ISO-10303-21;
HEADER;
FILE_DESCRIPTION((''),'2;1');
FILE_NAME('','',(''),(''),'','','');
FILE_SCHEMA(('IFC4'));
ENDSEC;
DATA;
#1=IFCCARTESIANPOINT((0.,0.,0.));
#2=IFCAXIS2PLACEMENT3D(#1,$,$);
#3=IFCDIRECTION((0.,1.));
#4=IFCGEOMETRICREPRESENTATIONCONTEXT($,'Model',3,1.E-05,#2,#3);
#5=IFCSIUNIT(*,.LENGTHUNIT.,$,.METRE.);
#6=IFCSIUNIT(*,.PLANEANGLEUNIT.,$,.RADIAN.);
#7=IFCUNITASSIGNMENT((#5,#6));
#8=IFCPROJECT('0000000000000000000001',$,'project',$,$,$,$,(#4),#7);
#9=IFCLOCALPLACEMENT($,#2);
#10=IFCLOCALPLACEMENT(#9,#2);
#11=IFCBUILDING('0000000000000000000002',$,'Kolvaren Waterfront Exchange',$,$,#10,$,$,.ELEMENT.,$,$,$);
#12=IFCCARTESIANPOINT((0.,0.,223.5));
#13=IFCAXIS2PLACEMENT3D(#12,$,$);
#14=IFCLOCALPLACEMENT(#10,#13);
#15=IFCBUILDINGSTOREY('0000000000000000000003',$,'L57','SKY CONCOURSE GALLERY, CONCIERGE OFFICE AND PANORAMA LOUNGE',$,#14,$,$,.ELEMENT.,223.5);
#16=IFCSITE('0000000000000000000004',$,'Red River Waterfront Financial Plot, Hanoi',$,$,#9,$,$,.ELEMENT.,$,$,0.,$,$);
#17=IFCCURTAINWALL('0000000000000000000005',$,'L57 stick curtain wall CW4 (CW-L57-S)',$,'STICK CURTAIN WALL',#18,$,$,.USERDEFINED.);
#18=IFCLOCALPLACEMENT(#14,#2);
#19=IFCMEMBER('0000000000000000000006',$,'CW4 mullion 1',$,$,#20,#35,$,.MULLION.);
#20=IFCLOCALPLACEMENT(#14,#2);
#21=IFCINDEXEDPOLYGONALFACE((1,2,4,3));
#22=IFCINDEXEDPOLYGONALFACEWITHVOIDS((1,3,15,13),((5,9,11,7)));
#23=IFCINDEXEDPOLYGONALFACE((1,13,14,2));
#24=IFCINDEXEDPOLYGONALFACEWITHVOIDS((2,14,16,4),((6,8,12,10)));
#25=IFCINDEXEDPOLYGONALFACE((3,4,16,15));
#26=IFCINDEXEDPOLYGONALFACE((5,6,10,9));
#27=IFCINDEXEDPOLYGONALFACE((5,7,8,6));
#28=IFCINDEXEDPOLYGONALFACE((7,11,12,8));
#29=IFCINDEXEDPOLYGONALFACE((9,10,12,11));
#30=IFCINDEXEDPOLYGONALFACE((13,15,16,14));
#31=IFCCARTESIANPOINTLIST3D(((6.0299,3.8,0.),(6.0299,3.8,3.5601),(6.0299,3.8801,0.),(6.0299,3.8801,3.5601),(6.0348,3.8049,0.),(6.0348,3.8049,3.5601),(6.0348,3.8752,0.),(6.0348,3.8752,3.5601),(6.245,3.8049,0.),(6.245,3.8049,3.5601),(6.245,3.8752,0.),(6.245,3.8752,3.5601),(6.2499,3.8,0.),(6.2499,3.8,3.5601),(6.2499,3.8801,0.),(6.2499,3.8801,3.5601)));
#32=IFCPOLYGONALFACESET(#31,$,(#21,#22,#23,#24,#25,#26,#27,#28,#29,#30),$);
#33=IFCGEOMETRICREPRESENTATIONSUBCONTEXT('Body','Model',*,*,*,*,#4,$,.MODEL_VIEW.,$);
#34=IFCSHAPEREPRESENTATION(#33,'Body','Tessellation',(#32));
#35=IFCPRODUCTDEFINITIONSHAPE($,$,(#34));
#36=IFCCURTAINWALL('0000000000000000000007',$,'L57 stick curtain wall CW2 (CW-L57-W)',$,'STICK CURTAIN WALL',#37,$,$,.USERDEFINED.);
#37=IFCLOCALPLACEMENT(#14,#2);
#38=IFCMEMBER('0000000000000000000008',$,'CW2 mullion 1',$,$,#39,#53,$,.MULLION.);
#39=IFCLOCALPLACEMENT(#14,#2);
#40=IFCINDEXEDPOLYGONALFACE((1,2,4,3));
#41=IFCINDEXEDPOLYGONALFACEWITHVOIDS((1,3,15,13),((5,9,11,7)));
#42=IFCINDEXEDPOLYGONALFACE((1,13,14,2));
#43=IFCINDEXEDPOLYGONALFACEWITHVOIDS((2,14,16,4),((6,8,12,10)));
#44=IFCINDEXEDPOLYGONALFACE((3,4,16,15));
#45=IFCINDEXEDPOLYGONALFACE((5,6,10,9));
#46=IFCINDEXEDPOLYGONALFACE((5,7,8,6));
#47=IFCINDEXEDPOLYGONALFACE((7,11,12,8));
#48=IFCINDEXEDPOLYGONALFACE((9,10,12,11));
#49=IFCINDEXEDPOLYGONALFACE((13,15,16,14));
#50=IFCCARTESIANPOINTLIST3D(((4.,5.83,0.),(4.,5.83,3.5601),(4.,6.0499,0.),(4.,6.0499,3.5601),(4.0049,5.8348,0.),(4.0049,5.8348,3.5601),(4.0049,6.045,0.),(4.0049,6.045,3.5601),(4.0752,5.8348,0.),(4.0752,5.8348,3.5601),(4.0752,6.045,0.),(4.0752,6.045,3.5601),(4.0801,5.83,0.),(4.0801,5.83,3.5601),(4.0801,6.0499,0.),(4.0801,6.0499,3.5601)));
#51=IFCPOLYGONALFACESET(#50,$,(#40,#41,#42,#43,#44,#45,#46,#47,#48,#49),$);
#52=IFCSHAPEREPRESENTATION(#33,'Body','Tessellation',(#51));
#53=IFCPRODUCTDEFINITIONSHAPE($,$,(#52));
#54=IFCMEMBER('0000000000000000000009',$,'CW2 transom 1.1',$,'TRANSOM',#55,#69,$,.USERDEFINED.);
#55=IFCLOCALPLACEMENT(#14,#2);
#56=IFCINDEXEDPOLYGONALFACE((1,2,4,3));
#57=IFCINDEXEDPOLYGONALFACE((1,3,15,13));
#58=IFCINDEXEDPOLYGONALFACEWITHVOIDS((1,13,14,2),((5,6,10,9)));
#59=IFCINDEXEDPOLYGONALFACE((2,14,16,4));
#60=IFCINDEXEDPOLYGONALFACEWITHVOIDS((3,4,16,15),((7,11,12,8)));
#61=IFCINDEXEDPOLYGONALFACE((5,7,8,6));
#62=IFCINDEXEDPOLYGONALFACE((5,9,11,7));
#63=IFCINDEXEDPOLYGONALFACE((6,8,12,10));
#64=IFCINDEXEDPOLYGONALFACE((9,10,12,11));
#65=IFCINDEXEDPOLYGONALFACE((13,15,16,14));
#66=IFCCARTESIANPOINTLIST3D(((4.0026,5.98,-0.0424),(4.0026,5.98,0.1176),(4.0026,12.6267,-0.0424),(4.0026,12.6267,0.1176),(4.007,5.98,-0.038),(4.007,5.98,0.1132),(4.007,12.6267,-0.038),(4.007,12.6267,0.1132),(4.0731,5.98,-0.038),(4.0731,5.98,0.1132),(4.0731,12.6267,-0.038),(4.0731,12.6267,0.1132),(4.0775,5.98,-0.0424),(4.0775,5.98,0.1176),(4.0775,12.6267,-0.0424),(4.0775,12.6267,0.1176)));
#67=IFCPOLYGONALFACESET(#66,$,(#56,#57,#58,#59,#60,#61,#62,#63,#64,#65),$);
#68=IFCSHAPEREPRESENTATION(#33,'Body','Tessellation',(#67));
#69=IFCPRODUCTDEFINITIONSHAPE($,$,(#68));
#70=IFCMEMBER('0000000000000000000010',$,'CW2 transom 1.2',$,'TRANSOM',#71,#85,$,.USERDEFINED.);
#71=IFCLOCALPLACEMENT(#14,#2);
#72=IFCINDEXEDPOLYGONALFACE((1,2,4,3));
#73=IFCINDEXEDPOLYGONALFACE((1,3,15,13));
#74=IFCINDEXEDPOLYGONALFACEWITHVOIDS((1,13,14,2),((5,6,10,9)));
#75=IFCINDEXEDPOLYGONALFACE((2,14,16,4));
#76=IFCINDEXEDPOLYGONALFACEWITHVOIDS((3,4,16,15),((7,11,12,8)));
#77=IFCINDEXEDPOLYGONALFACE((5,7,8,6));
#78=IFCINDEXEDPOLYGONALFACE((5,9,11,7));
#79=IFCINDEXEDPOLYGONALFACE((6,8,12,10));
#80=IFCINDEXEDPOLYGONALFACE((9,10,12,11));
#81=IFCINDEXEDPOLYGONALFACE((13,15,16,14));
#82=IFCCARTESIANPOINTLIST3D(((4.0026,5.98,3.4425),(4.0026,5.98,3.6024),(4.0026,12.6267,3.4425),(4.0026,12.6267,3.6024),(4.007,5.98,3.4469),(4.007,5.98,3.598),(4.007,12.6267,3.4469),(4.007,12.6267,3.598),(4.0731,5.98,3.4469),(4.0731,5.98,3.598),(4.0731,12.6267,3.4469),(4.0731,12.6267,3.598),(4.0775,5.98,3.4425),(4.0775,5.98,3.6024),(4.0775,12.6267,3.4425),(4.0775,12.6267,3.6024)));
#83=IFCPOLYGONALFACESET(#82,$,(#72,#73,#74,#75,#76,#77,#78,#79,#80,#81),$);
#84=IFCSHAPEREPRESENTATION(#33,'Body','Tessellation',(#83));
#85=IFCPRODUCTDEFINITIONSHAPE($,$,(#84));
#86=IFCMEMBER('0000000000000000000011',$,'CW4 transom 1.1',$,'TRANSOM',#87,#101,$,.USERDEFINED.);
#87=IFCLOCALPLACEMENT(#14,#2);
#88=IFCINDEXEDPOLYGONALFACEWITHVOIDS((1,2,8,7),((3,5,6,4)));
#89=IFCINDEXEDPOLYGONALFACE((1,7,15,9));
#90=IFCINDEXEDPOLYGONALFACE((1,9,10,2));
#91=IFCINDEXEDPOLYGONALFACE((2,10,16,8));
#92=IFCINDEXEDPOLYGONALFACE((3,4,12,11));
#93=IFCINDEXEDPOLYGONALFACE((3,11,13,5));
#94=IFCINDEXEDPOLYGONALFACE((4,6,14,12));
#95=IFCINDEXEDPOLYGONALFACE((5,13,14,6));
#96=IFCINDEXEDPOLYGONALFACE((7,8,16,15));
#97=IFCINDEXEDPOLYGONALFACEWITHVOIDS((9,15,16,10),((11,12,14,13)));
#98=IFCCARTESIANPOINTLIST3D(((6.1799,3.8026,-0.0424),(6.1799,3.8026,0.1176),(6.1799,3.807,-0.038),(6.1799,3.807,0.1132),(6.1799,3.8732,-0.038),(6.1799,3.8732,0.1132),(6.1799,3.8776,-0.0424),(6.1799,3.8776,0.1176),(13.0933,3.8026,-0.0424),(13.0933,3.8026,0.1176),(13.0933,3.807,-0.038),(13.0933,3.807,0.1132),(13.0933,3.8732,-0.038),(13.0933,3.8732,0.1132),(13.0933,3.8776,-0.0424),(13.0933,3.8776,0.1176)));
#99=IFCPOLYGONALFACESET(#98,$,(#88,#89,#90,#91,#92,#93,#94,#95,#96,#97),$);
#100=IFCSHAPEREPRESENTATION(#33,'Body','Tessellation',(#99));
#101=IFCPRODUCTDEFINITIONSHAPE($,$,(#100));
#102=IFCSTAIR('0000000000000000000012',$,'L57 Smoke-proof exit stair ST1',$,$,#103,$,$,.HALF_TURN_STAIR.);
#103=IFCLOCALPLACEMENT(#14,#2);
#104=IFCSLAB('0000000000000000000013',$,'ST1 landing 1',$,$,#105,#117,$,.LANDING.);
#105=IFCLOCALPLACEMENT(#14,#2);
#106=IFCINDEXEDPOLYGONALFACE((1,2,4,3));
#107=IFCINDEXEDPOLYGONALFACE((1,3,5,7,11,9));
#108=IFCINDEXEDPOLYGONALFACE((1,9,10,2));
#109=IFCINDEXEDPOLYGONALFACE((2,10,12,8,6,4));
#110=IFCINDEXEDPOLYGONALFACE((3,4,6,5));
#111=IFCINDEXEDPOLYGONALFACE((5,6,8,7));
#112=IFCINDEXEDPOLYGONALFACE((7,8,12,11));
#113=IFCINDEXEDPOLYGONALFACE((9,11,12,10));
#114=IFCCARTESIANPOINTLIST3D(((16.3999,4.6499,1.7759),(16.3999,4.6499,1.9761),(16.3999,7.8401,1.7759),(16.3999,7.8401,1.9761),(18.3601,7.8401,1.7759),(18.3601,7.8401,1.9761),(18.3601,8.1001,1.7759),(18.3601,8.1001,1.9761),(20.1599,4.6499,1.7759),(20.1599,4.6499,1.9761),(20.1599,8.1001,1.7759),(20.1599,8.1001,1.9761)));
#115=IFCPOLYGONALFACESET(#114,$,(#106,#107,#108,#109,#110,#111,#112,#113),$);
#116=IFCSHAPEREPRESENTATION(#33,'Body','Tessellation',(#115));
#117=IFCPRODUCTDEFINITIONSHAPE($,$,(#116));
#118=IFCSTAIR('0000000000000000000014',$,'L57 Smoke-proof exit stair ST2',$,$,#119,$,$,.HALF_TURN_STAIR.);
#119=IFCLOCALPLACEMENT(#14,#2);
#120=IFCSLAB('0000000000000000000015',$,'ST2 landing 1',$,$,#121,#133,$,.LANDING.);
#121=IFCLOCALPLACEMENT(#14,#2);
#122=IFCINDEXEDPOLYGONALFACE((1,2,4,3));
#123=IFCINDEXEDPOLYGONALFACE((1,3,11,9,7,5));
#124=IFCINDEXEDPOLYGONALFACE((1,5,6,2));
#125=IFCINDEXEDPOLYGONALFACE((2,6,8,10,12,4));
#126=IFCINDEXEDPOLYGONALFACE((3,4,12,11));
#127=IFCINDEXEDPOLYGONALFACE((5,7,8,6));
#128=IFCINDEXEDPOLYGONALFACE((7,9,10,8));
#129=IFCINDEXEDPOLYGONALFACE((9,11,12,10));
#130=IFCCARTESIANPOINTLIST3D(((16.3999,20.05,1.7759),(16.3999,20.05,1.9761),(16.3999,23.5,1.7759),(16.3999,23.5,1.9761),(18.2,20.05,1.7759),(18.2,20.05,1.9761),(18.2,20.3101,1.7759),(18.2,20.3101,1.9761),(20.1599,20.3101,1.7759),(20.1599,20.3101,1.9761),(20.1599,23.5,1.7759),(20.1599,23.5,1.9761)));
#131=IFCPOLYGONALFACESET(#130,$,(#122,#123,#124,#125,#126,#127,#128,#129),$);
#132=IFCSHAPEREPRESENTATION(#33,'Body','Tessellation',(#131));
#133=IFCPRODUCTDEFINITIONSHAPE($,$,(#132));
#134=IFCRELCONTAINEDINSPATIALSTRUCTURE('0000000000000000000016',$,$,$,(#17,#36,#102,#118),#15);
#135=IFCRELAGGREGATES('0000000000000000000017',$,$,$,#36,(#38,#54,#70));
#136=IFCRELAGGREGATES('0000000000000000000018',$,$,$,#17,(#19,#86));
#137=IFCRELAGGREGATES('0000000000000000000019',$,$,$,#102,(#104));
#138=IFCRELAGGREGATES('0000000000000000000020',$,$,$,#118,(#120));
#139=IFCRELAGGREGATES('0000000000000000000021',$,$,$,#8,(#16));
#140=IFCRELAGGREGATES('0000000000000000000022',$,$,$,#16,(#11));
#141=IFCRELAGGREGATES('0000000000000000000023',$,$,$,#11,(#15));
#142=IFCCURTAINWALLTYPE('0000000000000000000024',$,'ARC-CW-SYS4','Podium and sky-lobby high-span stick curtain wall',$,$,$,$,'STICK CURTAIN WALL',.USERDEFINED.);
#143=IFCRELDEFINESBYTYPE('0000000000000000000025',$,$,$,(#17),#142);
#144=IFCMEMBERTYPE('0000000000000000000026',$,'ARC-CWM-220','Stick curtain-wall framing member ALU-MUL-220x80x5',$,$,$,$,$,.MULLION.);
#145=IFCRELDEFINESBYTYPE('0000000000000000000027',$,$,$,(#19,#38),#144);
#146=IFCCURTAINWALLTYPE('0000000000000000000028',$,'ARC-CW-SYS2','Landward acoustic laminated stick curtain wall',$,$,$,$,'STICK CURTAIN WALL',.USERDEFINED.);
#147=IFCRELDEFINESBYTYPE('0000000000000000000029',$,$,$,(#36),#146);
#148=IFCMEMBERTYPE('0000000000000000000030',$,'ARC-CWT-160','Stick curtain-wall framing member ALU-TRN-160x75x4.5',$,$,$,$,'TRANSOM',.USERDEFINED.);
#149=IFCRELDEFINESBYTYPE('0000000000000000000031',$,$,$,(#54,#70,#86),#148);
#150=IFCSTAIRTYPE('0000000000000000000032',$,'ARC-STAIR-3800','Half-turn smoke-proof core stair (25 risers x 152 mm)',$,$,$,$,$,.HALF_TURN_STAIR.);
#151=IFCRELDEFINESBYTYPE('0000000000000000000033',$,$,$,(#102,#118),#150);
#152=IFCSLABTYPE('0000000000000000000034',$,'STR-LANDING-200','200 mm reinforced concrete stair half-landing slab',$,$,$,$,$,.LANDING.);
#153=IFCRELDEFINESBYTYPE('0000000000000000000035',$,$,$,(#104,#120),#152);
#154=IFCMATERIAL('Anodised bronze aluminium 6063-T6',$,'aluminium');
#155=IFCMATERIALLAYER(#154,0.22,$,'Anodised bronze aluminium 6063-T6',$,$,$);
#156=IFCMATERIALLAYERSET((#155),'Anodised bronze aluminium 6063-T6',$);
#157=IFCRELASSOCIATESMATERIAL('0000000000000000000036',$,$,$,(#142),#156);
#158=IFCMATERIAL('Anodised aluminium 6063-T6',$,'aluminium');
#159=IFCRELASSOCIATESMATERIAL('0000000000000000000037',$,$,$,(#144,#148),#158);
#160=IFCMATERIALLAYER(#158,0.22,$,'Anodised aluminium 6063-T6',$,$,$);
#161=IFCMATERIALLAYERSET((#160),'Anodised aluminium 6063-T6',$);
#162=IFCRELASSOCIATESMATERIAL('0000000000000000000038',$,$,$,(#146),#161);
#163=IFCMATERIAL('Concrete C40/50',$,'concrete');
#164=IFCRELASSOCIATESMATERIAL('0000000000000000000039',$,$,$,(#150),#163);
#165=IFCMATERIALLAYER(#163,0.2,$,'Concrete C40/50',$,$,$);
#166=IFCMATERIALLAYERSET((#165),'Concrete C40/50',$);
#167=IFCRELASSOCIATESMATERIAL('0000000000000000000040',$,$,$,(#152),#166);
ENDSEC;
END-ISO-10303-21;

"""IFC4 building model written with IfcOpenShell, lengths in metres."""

from ifc_helpers import new_model, si_unit, direction, frame, origin, origin_with_axes, origin_2d, place, context, subcontext, project, spatial, polyline, hollow_rectangle, outline, extrude, source, transform, mapped, material, layer, layer_set, material_profile, profile_set, type_object, element, aggregate, save


model = new_model("IFC4")

# Units and contexts
model_context = context("Model", 3, precision=1e-05, world=origin(), true_north=direction((0.0, 1.0)))
body_context = subcontext(model_context, "Body", "Model", "MODEL_VIEW")
ifc_project = project(units=[si_unit("LENGTHUNIT", "METRE"), si_unit("PLANEANGLEUNIT", "RADIAN")], contexts=[model_context])

# Site, building, storey
site_placement = place(None, origin())
site = spatial("IfcSite", under=ifc_project, at=site_placement, Name="Red River Waterfront Financial Plot, Hanoi", CompositionType="ELEMENT", RefElevation=0.0)
building_placement = place(site_placement, origin())
building = spatial("IfcBuilding", under=site, at=building_placement, Name="Kolvaren Waterfront Exchange", CompositionType="ELEMENT")
storey_placement = place(building_placement, frame((0.0, 0.0, 223.5)))
storey = spatial("IfcBuildingStorey", under=building, at=storey_placement, Name="L57", Description="SKY CONCOURSE GALLERY, CONCIERGE OFFICE AND PANORAMA LOUNGE", CompositionType="ELEMENT", Elevation=223.5)

# Curtain wall, member
ifc_material_1 = material(Name="Anodised bronze aluminium 6063-T6", Category="aluminium")
ifc_layer_1 = layer(ifc_material_1, 0.22, Name="Anodised bronze aluminium 6063-T6")
ifc_layer_set_1 = layer_set([ifc_layer_1], Name="Anodised bronze aluminium 6063-T6")
curtain_wall_type_1 = type_object("IfcCurtainWallType", Name="ARC-CW-SYS4", Description="Podium and sky-lobby high-span stick curtain wall", ElementType="STICK CURTAIN WALL", PredefinedType="USERDEFINED", material=ifc_layer_set_1)
curtain_wall_1_placement = place(storey_placement, origin())
curtain_wall_1 = element("IfcCurtainWall", 1, at=curtain_wall_1_placement, inside=storey, type_object=curtain_wall_type_1, Name="L57 stick curtain wall CW4 (CW-L57-S)", ObjectType="STICK CURTAIN WALL", PredefinedType="USERDEFINED")
ifc_material_2 = material(Name="Anodised aluminium 6063-T6", Category="aluminium")
ifc_material_profile_1 = material_profile(ifc_material_2, hollow_rectangle(XDim=0.0801, YDim=0.22, WallThickness=0.0049, at=origin_2d()), Name="ALU-MUL-220x80x5")
ifc_profile_set_1 = profile_set([ifc_material_profile_1], Name="Anodised aluminium 6063-T6")
member_type_1 = type_object("IfcMemberType", Name="ARC-CWM-220", Description="Stick curtain-wall framing member ALU-MUL-220x80x5", PredefinedType="MULLION", material=ifc_profile_set_1)
shared_shape_1 = source(origin_with_axes(), body_context, "Body", "SweptSolid", [
    extrude(hollow_rectangle(XDim=0.0801, YDim=0.22, WallThickness=0.0049, at=origin_2d()), origin(), (0.0, 0.0, 1.0), 3.5601),
])
member_1_placement = place(storey_placement, frame((6.1399, 3.8401, 0.0), z_axis=(0.0, 0.0, 1.0), x_axis=(0.0, 1.0, 0.0)))
member_1 = element("IfcMember", 2, at=member_1_placement, type_object=member_type_1, Name="CW4 mullion 1", PredefinedType="MULLION", context=body_context, shape_type="MappedRepresentation", body=[
    mapped(shared_shape_1, transform((0.0, 0.0, 0.0), x_axis=(1.0, 0.0, 0.0), y_axis=(0.0, 1.0, 0.0), z_axis=(0.0, 0.0, 1.0), scale=1.0)),
])

# Curtain wall, members
ifc_layer_2 = layer(ifc_material_2, 0.22, Name="Anodised aluminium 6063-T6")
ifc_layer_set_2 = layer_set([ifc_layer_2], Name="Anodised aluminium 6063-T6")
curtain_wall_type_2 = type_object("IfcCurtainWallType", Name="ARC-CW-SYS2", Description="Landward acoustic laminated stick curtain wall", ElementType="STICK CURTAIN WALL", PredefinedType="USERDEFINED", material=ifc_layer_set_2)
curtain_wall_2_placement = place(storey_placement, origin())
curtain_wall_2 = element("IfcCurtainWall", 3, at=curtain_wall_2_placement, inside=storey, type_object=curtain_wall_type_2, Name="L57 stick curtain wall CW2 (CW-L57-W)", ObjectType="STICK CURTAIN WALL", PredefinedType="USERDEFINED")
member_2_placement = place(storey_placement, frame((4.04, 5.9399, 0.0), z_axis=(0.0, 0.0, 1.0), x_axis=(-1.0, 0.0, 0.0)))
member_2 = element("IfcMember", 4, at=member_2_placement, type_object=member_type_1, Name="CW2 mullion 1", PredefinedType="MULLION", context=body_context, shape_type="MappedRepresentation", body=[
    mapped(shared_shape_1, transform((0.0, 0.0, 0.0), x_axis=(1.0, 0.0, 0.0), y_axis=(0.0, 1.0, 0.0), z_axis=(0.0, 0.0, 1.0), scale=1.0)),
])
ifc_material_profile_2 = material_profile(ifc_material_2, hollow_rectangle(XDim=0.075, YDim=0.1599, WallThickness=0.0044, at=origin_2d()), Name="ALU-TRN-160x75x4.5")
ifc_profile_set_2 = profile_set([ifc_material_profile_2], Name="Anodised aluminium 6063-T6")
member_type_2 = type_object("IfcMemberType", Name="ARC-CWT-160", Description="Stick curtain-wall framing member ALU-TRN-160x75x4.5", ElementType="TRANSOM", PredefinedType="USERDEFINED", material=ifc_profile_set_2)
shared_shape_2 = source(origin_with_axes(), body_context, "Body", "SweptSolid", [
    extrude(hollow_rectangle(XDim=0.075, YDim=0.1599, WallThickness=0.0044, at=origin_2d()), origin(), (0.0, 0.0, 1.0), 6.6467),
])
member_3_placement = place(storey_placement, frame((4.04, 5.98, 0.0376), z_axis=(0.0, 1.0, 0.0), x_axis=(-1.0, 0.0, 0.0)))
member_3 = element("IfcMember", 5, at=member_3_placement, type_object=member_type_2, Name="CW2 transom 1.1", ObjectType="TRANSOM", PredefinedType="USERDEFINED", context=body_context, shape_type="MappedRepresentation", body=[
    mapped(shared_shape_2, transform((0.0, 0.0, 0.0), x_axis=(1.0, 0.0, 0.0), y_axis=(0.0, 1.0, 0.0), z_axis=(0.0, 0.0, 1.0), scale=1.0)),
])
member_4_placement = place(storey_placement, frame((4.04, 5.98, 3.5225), z_axis=(0.0, 1.0, 0.0), x_axis=(-1.0, 0.0, 0.0)))
member_4 = element("IfcMember", 6, at=member_4_placement, type_object=member_type_2, Name="CW2 transom 1.2", ObjectType="TRANSOM", PredefinedType="USERDEFINED", context=body_context, shape_type="MappedRepresentation", body=[
    mapped(shared_shape_2, transform((0.0, 0.0, 0.0), x_axis=(1.0, 0.0, 0.0), y_axis=(0.0, 1.0, 0.0), z_axis=(0.0, 0.0, 1.0), scale=1.0)),
])
aggregate(curtain_wall_2, [member_2, member_3, member_4])

# Member
shared_shape_3 = source(origin_with_axes(), body_context, "Body", "SweptSolid", [
    extrude(hollow_rectangle(XDim=0.075, YDim=0.1599, WallThickness=0.0044, at=origin_2d()), origin(), (0.0, 0.0, 1.0), 6.9133),
])
member_5_placement = place(storey_placement, frame((6.1799, 3.8401, 0.0376), z_axis=(1.0, 0.0, 0.0), x_axis=(0.0, 1.0, 0.0)))
member_5 = element("IfcMember", 7, at=member_5_placement, type_object=member_type_2, Name="CW4 transom 1.1", ObjectType="TRANSOM", PredefinedType="USERDEFINED", context=body_context, shape_type="MappedRepresentation", body=[
    mapped(shared_shape_3, transform((0.0, 0.0, 0.0), x_axis=(1.0, 0.0, 0.0), y_axis=(0.0, 1.0, 0.0), z_axis=(0.0, 0.0, 1.0), scale=1.0)),
])
aggregate(curtain_wall_1, [member_1, member_5])

# Stairs, slabs
ifc_material_3 = material(Name="Concrete C40/50", Category="concrete")
stair_type = type_object("IfcStairType", Name="ARC-STAIR-3800", Description="Half-turn smoke-proof core stair (25 risers x 152 mm)", PredefinedType="HALF_TURN_STAIR", material=ifc_material_3)
stair_1_placement = place(storey_placement, origin())
stair_1 = element("IfcStair", 8, at=stair_1_placement, inside=storey, type_object=stair_type, Name="L57 Smoke-proof exit stair ST1", PredefinedType="HALF_TURN_STAIR")
ifc_layer_3 = layer(ifc_material_3, 0.2, Name="Concrete C40/50")
ifc_layer_set_3 = layer_set([ifc_layer_3], Name="Concrete C40/50")
slab_type_1 = type_object("IfcSlabType", Name="STR-LANDING-200", Description="200 mm reinforced concrete stair half-landing slab", PredefinedType="LANDING", material=ifc_layer_set_3)
slab_1_placement = place(storey_placement, frame((0.0, 0.0, 1.7759)))
slab_1 = element("IfcSlab", 9, at=slab_1_placement, type_object=slab_type_1, Name="ST1 landing 1", PredefinedType="LANDING", context=body_context, shape_type="SweptSolid", body=[
    extrude(outline(polyline([(16.3999, 7.8401), (16.3999, 4.6499), (20.1599, 4.6499), (20.1599, 8.1001), (18.3601, 8.1001), (18.3601, 7.8401), (16.3999, 7.8401)])), origin(), (0.0, 0.0, 1.0), 0.2002),
])
aggregate(stair_1, [slab_1])
stair_2_placement = place(storey_placement, origin())
stair_2 = element("IfcStair", 10, at=stair_2_placement, inside=storey, type_object=stair_type, Name="L57 Smoke-proof exit stair ST2", PredefinedType="HALF_TURN_STAIR")
slab_2_placement = place(storey_placement, frame((0.0, 0.0, 1.7759)))
slab_2 = element("IfcSlab", 11, at=slab_2_placement, type_object=slab_type_1, Name="ST2 landing 1", PredefinedType="LANDING", context=body_context, shape_type="SweptSolid", body=[
    extrude(outline(polyline([(20.1599, 20.3101), (20.1599, 23.5), (16.3999, 23.5), (16.3999, 20.05), (18.2, 20.05), (18.2, 20.3101), (20.1599, 20.3101)])), origin(), (0.0, 0.0, 1.0), 0.2002),
])
aggregate(stair_2, [slab_2])

save(model, "model.ifc")
